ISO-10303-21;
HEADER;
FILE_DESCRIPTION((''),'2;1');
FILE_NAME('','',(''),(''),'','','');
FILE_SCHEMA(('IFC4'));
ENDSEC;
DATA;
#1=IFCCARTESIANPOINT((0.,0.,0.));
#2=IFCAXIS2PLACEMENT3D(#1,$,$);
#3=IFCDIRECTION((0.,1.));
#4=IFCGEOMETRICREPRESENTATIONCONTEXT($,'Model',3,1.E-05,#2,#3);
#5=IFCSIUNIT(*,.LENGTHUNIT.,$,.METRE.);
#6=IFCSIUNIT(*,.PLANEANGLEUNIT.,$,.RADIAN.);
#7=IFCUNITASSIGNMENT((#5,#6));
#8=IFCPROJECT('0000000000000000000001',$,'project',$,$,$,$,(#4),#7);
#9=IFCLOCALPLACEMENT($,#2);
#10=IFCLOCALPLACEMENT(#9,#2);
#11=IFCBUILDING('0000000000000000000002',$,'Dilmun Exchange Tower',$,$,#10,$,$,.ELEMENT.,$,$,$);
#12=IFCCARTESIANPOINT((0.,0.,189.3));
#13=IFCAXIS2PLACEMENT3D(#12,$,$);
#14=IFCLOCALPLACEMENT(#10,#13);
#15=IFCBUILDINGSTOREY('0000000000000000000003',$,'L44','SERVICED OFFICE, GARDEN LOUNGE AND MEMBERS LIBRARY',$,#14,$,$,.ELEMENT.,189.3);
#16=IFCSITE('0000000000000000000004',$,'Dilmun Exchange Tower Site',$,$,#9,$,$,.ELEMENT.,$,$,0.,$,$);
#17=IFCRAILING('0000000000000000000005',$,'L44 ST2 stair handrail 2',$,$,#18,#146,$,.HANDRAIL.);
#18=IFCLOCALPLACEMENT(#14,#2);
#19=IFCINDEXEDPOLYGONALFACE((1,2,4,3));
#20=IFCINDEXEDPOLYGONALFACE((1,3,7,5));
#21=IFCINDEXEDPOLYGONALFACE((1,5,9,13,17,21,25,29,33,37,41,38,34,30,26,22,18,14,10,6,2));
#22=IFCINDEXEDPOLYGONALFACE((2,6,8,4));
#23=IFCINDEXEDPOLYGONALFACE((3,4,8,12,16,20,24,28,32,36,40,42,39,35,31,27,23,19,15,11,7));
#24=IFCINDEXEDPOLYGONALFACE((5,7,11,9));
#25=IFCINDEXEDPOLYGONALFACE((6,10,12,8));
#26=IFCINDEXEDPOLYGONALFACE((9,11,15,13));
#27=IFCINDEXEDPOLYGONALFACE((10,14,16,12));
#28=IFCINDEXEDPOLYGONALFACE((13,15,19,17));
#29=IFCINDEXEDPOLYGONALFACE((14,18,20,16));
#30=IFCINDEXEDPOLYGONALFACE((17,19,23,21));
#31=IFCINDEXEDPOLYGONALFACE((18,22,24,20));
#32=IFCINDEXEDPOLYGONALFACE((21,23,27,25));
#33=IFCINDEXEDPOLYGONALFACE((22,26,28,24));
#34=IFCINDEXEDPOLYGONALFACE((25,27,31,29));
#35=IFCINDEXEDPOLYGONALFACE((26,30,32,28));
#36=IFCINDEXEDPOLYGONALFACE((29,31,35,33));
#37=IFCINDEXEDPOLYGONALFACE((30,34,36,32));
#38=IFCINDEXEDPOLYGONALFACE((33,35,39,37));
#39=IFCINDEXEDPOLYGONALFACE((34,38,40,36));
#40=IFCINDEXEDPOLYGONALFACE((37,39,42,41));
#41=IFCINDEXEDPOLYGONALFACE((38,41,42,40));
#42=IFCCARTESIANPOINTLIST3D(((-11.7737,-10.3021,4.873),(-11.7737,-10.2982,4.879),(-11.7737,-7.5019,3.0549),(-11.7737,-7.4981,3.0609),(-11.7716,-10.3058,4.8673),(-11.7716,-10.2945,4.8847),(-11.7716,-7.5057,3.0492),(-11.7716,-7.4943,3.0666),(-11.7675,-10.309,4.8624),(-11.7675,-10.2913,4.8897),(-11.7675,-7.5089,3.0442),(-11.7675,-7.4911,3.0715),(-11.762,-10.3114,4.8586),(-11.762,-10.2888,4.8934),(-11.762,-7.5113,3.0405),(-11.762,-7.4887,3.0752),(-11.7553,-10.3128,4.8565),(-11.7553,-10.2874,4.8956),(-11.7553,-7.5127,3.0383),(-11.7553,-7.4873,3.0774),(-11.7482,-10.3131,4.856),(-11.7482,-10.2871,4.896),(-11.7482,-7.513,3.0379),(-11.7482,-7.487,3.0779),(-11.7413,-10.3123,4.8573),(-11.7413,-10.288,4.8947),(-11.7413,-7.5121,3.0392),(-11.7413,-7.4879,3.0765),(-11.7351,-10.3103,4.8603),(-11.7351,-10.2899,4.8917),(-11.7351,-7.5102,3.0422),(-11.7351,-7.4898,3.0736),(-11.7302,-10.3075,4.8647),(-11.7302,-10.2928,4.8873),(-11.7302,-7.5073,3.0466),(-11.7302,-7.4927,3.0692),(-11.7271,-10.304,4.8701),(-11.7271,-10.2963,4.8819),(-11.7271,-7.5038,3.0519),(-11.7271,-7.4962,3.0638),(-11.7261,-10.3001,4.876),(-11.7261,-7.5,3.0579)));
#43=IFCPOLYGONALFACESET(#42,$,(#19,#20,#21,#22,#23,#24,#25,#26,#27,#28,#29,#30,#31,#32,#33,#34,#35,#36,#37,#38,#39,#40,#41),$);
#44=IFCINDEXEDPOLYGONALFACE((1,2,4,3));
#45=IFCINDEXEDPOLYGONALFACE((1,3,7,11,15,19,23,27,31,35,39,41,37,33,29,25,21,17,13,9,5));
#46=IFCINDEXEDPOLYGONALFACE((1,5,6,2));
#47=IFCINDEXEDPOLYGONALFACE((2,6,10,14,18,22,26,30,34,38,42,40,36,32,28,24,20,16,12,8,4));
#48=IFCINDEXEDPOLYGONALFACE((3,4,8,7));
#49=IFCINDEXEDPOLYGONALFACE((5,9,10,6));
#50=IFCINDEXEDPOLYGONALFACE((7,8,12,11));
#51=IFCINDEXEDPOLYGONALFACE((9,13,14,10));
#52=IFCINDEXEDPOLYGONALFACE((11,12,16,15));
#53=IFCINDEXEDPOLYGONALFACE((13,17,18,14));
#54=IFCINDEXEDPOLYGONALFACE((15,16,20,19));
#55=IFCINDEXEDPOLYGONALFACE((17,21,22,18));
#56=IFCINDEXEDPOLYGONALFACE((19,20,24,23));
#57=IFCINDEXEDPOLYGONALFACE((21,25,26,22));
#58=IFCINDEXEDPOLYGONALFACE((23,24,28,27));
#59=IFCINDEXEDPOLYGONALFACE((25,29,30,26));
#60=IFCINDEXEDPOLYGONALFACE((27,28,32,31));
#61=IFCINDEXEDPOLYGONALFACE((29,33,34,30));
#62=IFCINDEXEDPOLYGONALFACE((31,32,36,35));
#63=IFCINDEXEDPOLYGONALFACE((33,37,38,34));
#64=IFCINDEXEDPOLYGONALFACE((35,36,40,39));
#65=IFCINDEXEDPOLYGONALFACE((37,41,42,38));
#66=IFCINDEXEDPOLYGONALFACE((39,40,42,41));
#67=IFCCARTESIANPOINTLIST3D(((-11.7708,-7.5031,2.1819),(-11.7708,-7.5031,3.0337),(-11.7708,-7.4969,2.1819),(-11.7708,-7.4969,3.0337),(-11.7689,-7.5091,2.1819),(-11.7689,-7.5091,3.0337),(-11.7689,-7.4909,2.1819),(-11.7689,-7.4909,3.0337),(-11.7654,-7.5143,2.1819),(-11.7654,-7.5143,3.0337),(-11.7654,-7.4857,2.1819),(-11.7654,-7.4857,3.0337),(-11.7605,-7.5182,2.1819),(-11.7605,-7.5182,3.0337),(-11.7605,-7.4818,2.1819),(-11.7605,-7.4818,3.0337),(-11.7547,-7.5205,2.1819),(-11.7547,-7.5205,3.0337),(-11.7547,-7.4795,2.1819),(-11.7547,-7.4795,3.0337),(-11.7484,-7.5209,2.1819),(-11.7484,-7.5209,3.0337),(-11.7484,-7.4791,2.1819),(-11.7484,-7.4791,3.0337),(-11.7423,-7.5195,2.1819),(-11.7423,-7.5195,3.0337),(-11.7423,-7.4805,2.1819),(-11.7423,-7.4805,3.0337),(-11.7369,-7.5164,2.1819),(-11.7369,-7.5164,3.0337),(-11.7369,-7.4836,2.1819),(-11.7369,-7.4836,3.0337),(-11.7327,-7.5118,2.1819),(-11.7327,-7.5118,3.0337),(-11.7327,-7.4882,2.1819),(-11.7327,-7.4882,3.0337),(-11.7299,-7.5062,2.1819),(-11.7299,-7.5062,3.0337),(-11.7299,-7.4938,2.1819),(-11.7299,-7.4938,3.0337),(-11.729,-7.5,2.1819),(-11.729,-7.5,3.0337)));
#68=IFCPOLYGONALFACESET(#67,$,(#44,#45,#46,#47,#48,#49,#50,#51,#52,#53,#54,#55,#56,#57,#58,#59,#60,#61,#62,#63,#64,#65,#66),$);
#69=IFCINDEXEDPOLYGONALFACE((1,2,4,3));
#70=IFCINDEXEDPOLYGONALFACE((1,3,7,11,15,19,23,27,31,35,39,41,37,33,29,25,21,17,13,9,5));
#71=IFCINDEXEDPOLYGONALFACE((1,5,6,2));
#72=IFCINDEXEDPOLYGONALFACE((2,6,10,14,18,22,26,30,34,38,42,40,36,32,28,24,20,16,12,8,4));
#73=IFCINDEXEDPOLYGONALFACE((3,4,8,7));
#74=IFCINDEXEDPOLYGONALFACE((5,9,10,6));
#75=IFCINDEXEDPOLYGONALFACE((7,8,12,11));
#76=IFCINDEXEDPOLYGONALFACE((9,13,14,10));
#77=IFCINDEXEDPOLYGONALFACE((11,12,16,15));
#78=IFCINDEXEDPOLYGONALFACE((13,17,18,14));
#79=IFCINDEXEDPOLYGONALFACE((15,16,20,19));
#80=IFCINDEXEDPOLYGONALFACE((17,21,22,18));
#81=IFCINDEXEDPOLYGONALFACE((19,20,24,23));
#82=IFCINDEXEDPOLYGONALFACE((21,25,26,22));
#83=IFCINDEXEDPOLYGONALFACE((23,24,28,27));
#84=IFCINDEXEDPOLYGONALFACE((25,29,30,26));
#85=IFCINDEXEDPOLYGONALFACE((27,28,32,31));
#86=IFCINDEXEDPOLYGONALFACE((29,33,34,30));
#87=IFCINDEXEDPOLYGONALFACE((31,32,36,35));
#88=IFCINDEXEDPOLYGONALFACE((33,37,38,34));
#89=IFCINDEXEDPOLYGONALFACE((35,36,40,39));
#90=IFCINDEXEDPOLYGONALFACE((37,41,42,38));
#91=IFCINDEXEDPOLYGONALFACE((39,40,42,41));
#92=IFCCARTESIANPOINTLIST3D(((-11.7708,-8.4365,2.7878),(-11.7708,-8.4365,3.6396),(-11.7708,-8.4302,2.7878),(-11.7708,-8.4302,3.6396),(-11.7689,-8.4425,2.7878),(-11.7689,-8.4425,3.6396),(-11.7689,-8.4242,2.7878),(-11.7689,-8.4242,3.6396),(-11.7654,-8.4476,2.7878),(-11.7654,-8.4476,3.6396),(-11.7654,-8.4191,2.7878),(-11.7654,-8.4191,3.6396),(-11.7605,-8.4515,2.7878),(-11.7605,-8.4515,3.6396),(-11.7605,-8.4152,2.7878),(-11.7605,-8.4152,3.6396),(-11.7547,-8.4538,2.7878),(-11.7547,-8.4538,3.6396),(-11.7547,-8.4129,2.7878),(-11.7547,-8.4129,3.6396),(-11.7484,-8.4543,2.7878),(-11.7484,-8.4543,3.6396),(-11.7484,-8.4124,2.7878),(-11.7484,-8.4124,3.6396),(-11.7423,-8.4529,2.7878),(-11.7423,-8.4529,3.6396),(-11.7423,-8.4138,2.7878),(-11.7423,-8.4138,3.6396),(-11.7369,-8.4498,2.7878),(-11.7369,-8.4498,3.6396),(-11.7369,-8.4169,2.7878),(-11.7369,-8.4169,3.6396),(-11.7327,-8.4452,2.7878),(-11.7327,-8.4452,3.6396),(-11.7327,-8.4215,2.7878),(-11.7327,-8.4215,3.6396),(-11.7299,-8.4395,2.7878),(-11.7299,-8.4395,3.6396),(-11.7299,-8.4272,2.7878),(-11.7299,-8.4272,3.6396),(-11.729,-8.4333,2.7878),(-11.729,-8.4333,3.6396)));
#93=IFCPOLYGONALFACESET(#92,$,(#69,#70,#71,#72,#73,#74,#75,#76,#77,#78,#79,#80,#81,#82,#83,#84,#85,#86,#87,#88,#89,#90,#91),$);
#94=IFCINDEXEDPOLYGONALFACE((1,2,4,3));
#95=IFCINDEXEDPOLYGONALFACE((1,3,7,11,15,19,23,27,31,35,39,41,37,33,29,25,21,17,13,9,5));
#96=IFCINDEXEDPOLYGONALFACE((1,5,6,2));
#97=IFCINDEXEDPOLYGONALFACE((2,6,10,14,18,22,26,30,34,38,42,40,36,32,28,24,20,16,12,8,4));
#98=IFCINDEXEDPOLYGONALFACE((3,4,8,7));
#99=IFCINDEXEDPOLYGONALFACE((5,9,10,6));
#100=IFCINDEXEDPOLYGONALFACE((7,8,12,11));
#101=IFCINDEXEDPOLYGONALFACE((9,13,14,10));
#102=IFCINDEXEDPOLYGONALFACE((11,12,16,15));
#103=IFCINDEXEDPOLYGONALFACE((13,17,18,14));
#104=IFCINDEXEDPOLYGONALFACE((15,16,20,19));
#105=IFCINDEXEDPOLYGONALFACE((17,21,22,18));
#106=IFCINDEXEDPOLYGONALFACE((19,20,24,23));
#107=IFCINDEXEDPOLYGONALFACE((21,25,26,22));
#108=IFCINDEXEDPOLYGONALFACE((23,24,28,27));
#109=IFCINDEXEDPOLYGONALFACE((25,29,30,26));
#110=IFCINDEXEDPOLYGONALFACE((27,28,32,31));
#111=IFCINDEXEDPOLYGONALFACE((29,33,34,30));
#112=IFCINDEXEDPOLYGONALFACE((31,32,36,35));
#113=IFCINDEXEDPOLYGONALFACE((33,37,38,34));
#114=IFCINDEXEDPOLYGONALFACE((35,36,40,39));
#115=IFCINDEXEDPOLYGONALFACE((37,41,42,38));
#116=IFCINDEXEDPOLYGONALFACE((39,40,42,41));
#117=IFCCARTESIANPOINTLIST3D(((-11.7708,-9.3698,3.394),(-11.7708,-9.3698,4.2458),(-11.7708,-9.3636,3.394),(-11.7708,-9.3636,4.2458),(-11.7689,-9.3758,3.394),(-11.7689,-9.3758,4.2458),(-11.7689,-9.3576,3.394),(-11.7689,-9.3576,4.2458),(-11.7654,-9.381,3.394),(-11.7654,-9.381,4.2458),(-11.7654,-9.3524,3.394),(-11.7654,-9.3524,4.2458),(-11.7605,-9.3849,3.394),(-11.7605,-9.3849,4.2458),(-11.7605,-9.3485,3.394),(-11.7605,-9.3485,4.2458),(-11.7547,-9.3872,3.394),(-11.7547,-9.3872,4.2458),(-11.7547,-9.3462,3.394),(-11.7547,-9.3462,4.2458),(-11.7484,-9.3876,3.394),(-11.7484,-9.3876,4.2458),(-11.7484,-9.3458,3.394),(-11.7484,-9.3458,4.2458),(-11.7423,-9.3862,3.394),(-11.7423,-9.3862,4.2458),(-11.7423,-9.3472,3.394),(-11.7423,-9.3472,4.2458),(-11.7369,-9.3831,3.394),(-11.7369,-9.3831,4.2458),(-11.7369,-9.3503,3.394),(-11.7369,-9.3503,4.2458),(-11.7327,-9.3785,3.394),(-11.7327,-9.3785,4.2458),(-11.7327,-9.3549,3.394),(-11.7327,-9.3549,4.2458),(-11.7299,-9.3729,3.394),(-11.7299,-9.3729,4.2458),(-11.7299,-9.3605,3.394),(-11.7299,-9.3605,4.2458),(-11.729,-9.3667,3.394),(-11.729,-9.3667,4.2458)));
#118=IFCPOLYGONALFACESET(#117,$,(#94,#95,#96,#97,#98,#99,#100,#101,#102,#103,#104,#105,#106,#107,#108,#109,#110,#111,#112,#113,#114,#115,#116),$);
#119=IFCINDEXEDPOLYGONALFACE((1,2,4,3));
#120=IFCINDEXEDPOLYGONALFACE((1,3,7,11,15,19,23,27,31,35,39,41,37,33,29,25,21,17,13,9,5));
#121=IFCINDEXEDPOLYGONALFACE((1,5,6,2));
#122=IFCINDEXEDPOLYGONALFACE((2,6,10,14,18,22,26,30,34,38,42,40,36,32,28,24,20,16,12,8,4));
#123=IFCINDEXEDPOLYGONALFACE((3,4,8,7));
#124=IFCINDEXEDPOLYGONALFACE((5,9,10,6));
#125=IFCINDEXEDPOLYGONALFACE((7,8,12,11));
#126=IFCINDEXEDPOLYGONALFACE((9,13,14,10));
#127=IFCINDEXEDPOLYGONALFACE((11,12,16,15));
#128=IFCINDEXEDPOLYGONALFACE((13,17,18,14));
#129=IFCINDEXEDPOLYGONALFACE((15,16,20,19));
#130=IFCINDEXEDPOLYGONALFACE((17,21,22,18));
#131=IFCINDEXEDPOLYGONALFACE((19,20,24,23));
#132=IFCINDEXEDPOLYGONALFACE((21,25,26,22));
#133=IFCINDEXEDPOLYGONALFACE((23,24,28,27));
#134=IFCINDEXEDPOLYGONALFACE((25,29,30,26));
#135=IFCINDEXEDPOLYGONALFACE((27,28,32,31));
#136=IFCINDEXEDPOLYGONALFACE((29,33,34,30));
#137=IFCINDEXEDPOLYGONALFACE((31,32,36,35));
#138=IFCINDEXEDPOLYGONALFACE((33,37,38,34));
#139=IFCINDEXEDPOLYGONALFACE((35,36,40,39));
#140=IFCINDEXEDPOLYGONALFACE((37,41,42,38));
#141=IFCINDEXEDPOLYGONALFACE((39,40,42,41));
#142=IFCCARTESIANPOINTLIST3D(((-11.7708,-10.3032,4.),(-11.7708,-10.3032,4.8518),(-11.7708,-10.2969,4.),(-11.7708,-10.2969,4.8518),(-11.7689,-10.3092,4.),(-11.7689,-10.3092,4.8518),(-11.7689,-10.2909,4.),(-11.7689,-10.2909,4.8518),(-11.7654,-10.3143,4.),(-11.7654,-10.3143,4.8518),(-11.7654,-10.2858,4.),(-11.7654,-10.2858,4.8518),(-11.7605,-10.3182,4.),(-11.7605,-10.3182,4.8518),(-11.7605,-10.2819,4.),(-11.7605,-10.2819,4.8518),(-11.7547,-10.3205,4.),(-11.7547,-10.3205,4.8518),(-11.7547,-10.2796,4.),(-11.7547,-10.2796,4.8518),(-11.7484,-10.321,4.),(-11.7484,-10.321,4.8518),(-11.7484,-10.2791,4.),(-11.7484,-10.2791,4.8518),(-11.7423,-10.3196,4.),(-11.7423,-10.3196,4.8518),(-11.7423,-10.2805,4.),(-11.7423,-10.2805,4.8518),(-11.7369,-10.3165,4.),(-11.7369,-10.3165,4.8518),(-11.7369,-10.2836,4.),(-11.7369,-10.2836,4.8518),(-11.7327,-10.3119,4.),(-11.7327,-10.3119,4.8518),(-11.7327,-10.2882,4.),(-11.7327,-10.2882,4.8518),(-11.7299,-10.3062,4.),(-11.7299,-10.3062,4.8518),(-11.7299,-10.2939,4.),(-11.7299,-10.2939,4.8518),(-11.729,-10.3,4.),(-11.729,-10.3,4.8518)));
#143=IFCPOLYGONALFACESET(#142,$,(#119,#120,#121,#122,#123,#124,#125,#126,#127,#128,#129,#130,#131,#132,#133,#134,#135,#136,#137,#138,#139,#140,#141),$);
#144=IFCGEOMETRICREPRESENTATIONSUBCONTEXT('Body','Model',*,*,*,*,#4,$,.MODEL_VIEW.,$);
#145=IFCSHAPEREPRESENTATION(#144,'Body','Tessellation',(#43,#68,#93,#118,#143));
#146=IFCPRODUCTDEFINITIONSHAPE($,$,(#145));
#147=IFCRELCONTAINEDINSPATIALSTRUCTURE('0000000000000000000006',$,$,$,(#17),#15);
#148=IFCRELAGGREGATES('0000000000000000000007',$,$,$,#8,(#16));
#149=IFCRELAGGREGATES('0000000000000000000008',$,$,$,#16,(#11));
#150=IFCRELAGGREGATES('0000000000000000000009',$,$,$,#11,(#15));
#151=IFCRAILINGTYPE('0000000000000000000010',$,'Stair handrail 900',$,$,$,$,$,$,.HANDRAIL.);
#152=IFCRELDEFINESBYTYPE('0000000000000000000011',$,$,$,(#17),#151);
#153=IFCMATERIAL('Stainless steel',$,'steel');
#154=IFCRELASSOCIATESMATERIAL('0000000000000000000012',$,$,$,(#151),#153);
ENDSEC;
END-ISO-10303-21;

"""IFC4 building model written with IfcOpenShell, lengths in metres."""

from ifc_helpers import new_model, si_unit, direction, frame, origin, origin_2d, place, context, subcontext, project, spatial, circle, extrude, material, type_object, element, save


model = new_model("IFC4")

# Units and contexts
model_context = context("Model", 3, precision=1e-05, world=origin(), true_north=direction((0.0, 1.0)))
body_context = subcontext(model_context, "Body", "Model", "MODEL_VIEW")
ifc_project = project(units=[si_unit("LENGTHUNIT", "METRE"), si_unit("PLANEANGLEUNIT", "RADIAN")], contexts=[model_context])

# Site, building, storey
site_placement = place(None, origin())
site = spatial("IfcSite", under=ifc_project, at=site_placement, Name="Dilmun Exchange Tower Site", CompositionType="ELEMENT", RefElevation=0.0)
building_placement = place(site_placement, origin())
building = spatial("IfcBuilding", under=site, at=building_placement, Name="Dilmun Exchange Tower", CompositionType="ELEMENT")
storey_placement = place(building_placement, frame((0.0, 0.0, 189.3)))
storey = spatial("IfcBuildingStorey", under=building, at=storey_placement, Name="L44", Description="SERVICED OFFICE, GARDEN LOUNGE AND MEMBERS LIBRARY", CompositionType="ELEMENT", Elevation=189.3)

# Railing
ifc_material_1 = material(Name="Stainless steel", Category="steel")
railing_type = type_object("IfcRailingType", Name="Stair handrail 900", PredefinedType="HANDRAIL", material=ifc_material_1)
railing_placement = place(storey_placement, frame((-11.75, -7.5, 2.1819)))
element("IfcRailing", 1, at=railing_placement, inside=storey, type_object=railing_type, Name="L44 ST2 stair handrail 2", PredefinedType="HANDRAIL", context=body_context, shape_type="SweptSolid", body=[
    extrude(circle(Radius=0.0239, at=origin_2d()), frame((0.0, 0.0, 0.876), z_axis=(0.0, -0.838706, 0.544585), x_axis=(1.0, 0.0, 0.0)), (0.0, 0.0, 1.0), 3.3386),
    extrude(circle(Radius=0.021, at=origin_2d()), origin(), (0.0, 0.0, 1.0), 0.8518),
    extrude(circle(Radius=0.021, at=origin_2d()), frame((0.0, -0.9333, 0.606)), (0.0, 0.0, 1.0), 0.8518),
    extrude(circle(Radius=0.021, at=origin_2d()), frame((0.0, -1.8667, 1.2122)), (0.0, 0.0, 1.0), 0.8518),
    extrude(circle(Radius=0.021, at=origin_2d()), frame((0.0, -2.8, 1.8181)), (0.0, 0.0, 1.0), 0.8518),
])

save(model, "model.ifc")
